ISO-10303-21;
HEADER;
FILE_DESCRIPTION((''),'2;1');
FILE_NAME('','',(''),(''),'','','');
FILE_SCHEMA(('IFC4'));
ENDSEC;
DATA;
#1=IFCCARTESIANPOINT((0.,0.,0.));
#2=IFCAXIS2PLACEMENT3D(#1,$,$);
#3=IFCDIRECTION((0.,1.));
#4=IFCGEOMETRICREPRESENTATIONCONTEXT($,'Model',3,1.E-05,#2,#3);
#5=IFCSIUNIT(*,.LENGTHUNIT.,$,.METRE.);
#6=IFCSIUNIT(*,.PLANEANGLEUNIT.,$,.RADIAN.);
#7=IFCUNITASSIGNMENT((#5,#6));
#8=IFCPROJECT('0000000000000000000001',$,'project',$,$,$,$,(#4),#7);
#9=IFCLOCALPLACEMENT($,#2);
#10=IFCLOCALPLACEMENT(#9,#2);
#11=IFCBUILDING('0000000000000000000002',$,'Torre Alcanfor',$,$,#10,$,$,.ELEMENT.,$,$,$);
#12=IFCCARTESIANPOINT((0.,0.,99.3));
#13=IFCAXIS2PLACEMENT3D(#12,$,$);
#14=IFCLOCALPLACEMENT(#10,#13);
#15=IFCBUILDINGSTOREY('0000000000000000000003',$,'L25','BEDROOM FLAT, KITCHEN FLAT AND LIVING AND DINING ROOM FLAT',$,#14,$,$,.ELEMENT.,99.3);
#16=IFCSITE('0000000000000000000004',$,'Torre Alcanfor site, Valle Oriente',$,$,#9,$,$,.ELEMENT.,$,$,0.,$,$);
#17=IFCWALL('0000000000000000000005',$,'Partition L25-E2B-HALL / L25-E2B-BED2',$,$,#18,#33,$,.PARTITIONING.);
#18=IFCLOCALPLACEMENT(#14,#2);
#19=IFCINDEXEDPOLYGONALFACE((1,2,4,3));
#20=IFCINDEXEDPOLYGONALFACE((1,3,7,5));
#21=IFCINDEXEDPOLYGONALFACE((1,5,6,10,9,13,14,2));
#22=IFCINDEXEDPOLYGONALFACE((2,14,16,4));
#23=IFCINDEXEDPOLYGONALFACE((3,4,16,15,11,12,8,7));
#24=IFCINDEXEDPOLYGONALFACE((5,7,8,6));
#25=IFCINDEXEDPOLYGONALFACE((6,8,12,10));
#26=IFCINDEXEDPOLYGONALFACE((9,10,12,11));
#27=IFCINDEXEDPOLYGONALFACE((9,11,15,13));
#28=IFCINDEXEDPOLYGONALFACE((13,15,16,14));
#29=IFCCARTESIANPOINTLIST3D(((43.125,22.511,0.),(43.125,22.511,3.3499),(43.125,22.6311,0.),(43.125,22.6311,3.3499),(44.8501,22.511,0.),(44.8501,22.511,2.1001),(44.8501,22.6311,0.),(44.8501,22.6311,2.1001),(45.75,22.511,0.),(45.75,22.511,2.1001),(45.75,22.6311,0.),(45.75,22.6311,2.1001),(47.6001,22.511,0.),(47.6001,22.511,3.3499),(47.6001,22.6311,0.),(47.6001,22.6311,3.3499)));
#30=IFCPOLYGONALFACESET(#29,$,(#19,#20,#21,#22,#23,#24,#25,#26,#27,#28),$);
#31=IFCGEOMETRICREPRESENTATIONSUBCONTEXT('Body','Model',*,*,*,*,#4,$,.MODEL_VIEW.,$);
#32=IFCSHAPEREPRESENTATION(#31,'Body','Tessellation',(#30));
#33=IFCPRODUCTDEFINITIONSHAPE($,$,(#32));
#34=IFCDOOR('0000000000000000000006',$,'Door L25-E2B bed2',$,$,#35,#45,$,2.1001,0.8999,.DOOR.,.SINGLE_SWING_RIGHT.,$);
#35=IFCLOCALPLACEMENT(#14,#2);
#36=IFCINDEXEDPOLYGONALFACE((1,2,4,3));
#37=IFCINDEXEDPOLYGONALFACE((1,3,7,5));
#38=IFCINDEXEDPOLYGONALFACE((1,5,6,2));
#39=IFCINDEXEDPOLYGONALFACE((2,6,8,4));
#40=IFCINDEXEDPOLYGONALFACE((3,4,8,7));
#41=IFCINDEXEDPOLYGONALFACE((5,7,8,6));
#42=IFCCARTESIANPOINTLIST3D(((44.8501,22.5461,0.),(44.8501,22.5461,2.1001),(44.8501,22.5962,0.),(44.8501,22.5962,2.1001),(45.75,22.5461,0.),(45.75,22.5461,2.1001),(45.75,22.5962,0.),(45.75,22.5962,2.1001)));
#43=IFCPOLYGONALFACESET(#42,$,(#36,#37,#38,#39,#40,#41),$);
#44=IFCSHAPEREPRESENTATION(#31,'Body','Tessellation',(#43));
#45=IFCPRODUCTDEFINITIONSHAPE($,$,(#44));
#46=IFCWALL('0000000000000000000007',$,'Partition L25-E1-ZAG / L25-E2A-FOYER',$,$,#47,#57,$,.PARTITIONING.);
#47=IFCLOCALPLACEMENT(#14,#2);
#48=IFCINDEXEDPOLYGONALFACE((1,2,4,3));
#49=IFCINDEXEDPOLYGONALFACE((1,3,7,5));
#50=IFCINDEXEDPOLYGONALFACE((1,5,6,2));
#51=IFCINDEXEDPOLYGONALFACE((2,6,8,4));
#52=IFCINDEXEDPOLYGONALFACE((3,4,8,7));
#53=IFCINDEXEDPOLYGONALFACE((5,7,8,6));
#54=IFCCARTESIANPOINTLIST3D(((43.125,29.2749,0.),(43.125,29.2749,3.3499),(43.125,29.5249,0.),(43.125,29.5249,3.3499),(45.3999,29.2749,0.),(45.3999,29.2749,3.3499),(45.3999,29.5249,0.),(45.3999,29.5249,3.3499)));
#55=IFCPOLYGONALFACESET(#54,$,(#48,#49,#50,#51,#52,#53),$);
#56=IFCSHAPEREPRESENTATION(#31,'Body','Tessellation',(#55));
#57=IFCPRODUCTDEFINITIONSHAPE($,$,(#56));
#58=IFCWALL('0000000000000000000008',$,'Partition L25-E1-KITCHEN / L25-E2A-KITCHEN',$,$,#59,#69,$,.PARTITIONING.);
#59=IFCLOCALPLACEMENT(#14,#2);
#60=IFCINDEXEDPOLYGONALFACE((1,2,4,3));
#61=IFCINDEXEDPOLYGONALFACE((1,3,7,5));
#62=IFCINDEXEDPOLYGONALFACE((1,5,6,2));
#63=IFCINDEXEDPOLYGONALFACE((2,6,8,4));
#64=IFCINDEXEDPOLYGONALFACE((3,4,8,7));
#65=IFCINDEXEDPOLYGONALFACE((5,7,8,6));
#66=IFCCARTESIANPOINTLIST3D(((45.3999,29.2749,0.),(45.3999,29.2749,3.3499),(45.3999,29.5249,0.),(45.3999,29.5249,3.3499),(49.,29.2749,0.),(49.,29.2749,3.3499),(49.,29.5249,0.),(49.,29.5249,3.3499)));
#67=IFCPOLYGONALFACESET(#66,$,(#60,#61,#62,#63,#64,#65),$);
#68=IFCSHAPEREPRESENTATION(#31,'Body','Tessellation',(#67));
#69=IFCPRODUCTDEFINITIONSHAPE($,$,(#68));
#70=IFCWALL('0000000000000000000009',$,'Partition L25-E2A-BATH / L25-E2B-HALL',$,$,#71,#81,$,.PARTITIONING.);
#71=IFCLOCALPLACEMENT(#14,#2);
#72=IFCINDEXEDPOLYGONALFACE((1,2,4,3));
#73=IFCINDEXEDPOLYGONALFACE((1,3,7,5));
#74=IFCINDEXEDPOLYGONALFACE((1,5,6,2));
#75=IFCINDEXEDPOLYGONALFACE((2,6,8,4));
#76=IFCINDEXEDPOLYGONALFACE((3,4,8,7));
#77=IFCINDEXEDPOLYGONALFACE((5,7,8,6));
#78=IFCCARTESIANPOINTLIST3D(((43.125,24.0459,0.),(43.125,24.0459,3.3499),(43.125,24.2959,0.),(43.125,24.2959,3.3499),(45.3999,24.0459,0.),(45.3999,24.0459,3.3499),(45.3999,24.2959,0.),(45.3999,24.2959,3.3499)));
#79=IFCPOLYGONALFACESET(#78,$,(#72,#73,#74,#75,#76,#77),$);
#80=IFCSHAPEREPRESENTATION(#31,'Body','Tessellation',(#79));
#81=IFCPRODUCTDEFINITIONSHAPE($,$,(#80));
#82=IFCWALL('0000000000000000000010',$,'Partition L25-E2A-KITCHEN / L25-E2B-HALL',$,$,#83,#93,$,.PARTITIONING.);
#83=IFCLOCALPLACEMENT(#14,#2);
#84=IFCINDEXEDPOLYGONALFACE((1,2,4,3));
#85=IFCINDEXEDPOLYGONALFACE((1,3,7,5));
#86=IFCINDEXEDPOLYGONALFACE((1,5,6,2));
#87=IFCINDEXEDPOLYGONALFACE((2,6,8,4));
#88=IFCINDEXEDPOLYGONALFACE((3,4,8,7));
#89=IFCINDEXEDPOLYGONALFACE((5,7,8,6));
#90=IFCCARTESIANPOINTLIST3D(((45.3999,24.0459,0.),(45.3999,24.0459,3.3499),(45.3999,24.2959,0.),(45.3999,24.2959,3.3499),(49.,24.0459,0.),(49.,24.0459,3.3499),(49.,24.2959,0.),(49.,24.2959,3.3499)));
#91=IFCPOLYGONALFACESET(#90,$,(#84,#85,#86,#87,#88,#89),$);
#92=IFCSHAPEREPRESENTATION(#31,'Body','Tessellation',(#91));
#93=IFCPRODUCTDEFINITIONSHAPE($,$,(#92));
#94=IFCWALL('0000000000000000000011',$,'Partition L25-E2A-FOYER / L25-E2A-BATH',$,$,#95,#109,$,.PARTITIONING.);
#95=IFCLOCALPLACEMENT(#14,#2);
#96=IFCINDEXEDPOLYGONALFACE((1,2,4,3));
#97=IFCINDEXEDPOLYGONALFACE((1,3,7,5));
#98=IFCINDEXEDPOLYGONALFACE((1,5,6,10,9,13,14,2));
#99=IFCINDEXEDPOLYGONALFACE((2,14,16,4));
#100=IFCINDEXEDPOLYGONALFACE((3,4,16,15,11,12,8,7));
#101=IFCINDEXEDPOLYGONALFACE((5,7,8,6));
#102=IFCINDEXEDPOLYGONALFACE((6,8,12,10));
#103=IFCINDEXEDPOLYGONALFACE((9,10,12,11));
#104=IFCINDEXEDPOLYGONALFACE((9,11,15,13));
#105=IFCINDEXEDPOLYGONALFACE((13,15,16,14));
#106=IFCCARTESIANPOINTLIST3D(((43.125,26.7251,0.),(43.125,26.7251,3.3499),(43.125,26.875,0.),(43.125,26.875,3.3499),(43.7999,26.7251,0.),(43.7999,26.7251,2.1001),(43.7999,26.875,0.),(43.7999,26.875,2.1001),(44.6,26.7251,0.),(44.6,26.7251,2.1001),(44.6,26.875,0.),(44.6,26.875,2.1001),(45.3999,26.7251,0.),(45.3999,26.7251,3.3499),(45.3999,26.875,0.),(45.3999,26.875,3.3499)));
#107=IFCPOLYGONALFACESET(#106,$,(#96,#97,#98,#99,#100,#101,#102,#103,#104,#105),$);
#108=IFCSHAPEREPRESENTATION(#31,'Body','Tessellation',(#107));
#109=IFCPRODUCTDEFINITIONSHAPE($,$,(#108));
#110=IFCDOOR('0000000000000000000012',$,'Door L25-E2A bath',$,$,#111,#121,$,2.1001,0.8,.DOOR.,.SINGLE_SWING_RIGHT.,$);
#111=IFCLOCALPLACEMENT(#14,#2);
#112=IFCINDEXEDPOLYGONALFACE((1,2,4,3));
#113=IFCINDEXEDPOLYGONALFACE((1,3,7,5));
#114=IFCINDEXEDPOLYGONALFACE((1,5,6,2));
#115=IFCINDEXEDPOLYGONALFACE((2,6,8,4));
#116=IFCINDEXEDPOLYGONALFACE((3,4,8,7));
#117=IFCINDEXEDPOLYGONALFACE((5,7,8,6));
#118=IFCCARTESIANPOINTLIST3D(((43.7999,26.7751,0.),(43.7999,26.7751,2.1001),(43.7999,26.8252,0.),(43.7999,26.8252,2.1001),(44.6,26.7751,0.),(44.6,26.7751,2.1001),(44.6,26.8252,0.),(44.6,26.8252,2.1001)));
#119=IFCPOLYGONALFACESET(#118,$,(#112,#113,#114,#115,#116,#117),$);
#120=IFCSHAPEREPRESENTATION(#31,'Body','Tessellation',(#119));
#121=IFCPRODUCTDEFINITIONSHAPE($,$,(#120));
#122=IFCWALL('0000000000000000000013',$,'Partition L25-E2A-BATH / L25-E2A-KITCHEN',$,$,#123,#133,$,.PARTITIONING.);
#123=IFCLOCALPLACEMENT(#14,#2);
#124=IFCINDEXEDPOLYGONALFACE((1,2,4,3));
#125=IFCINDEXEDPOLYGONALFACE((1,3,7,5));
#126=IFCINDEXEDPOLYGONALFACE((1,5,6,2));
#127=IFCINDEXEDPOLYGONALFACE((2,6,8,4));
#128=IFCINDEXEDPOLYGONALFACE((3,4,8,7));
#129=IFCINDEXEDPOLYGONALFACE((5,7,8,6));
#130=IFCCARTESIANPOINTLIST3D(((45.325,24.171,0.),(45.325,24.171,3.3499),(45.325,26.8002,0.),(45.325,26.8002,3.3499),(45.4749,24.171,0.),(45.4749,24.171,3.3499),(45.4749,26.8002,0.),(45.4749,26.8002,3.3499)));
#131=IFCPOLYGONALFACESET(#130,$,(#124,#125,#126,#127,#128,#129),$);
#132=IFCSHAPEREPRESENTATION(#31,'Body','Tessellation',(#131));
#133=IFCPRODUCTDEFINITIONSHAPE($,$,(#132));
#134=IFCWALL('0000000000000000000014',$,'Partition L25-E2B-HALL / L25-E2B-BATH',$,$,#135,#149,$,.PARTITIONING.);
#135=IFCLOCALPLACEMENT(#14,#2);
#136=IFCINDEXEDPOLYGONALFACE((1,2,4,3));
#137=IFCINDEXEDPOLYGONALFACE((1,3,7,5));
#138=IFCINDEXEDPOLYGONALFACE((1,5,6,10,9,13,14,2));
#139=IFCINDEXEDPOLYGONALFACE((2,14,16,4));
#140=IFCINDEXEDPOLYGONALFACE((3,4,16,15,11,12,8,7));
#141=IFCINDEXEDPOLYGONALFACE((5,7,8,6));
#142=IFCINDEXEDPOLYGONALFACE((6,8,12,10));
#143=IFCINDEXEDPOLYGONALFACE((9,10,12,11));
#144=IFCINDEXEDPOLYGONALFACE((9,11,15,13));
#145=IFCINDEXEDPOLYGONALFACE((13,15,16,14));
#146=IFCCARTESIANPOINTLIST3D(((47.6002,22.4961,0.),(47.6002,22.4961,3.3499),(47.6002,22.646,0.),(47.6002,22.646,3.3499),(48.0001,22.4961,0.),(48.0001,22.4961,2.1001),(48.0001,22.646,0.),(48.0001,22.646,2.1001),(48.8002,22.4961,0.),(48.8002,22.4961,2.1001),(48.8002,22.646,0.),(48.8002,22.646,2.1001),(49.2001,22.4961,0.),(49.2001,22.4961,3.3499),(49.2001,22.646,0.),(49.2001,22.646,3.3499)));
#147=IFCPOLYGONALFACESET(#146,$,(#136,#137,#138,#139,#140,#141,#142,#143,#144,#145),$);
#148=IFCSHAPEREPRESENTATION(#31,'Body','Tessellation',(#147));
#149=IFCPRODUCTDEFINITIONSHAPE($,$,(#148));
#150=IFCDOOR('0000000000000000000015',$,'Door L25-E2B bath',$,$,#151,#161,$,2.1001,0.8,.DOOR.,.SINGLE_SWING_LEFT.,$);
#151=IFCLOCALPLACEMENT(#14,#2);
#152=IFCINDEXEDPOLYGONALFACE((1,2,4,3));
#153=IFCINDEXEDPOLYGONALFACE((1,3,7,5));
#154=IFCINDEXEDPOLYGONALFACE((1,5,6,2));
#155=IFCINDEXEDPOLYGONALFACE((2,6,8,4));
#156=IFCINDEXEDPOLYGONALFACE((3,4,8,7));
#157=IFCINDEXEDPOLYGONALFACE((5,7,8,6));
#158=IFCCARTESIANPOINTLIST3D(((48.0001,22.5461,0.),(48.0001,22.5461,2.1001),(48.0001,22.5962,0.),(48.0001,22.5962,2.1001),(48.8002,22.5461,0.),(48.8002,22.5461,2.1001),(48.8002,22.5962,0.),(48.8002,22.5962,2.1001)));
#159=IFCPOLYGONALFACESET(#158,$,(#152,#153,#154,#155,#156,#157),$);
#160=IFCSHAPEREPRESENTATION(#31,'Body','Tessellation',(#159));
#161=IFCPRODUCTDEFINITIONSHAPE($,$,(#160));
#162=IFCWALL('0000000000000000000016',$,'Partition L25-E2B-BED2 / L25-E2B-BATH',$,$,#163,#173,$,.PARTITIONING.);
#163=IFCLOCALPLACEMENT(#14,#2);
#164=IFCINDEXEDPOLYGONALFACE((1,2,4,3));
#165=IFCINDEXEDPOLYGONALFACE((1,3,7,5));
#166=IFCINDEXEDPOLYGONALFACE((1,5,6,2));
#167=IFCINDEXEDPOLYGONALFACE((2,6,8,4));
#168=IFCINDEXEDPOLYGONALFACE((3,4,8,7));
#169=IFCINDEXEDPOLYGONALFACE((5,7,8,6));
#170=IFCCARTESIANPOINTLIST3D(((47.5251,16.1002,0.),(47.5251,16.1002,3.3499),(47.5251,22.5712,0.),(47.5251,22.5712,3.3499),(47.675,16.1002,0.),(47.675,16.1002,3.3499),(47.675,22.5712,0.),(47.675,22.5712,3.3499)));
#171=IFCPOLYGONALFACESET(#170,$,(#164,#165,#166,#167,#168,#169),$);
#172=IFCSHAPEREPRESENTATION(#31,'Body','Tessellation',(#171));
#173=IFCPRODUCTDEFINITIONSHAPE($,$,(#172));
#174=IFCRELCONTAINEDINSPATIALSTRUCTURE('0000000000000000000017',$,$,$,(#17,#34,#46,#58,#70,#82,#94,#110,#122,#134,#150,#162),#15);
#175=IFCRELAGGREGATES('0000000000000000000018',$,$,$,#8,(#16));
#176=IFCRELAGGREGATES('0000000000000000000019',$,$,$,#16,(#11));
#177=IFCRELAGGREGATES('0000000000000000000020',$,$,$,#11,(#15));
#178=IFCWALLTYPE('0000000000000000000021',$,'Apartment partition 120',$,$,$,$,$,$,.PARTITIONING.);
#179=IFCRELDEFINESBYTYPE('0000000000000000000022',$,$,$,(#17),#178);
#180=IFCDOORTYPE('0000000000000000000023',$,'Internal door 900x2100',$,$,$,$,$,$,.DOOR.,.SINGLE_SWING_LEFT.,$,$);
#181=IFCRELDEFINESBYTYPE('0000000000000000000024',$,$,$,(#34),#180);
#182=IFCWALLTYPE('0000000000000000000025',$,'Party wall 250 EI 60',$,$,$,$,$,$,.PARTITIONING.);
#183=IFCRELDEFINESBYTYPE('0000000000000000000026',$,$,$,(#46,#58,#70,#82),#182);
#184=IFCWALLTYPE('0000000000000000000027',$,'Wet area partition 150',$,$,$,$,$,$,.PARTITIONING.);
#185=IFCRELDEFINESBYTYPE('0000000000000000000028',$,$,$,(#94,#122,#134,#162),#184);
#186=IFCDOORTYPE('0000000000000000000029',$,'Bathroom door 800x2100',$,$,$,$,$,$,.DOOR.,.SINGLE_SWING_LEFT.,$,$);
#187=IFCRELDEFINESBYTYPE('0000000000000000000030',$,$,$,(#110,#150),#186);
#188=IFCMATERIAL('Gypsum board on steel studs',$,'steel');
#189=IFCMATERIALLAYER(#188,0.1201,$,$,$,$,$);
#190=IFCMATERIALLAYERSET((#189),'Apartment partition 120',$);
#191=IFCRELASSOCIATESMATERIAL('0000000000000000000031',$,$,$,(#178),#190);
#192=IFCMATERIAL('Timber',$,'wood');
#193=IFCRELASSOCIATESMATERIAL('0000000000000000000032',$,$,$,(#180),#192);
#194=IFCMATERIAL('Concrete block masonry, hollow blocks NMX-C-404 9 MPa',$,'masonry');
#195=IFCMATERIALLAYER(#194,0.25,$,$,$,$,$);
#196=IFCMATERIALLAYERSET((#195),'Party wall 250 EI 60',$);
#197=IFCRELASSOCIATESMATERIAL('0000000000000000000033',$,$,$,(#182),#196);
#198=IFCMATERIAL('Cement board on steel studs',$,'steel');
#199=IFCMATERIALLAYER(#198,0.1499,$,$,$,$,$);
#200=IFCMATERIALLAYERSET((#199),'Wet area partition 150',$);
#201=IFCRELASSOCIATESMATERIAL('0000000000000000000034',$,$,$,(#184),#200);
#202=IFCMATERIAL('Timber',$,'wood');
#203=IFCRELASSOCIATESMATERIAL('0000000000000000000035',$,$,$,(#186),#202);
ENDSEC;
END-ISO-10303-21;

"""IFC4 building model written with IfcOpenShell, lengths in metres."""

from ifc_helpers import new_model, si_unit, direction, frame, frame_2d, origin, place, context, subcontext, project, spatial, rectangle, extrude, material, layer, layer_set, type_object, element, fill, save


model = new_model("IFC4")

# Units and contexts
model_context = context("Model", 3, precision=1e-05, world=origin(), true_north=direction((0.0, 1.0)))
body_context = subcontext(model_context, "Body", "Model", "MODEL_VIEW")
ifc_project = project(units=[si_unit("LENGTHUNIT", "METRE"), si_unit("PLANEANGLEUNIT", "RADIAN")], contexts=[model_context])

# Site, building, storey
site_placement = place(None, origin())
site = spatial("IfcSite", under=ifc_project, at=site_placement, Name="Torre Alcanfor site, Valle Oriente", CompositionType="ELEMENT", RefElevation=0.0)
building_placement = place(site_placement, origin())
building = spatial("IfcBuilding", under=site, at=building_placement, Name="Torre Alcanfor", CompositionType="ELEMENT")
storey_placement = place(building_placement, frame((0.0, 0.0, 99.3)))
storey = spatial("IfcBuildingStorey", under=building, at=storey_placement, Name="L25", Description="BEDROOM FLAT, KITCHEN FLAT AND LIVING AND DINING ROOM FLAT", CompositionType="ELEMENT", Elevation=99.3)

# Wall, opening, door
ifc_material_1 = material(Name="Gypsum board on steel studs", Category="steel")
ifc_layer_1 = layer(ifc_material_1, 0.1201)
ifc_layer_set_1 = layer_set([ifc_layer_1], Name="Apartment partition 120")
wall_type_1 = type_object("IfcWallType", Name="Apartment partition 120", PredefinedType="PARTITIONING", material=ifc_layer_set_1)
ifc_material_2 = material(Name="Timber", Category="wood")
door_type_1 = type_object("IfcDoorType", Name="Internal door 900x2100", OperationType="SINGLE_SWING_LEFT", PredefinedType="DOOR", material=ifc_material_2)
wall_1_placement = place(storey_placement, frame((47.6001, 22.571, 0.0), z_axis=(0.0, 0.0, 1.0), x_axis=(-1.0, 0.0, 0.0)))
wall_1 = element("IfcWall", 1, at=wall_1_placement, inside=storey, type_object=wall_type_1, Name="Partition L25-E2B-HALL / L25-E2B-BED2", PredefinedType="PARTITIONING", context=body_context, shape_type="SweptSolid", body=[
    extrude(rectangle(XDim=4.4751, YDim=0.1201, at=frame_2d((2.2375, 0.0))), origin(), (0.0, 0.0, 1.0), 3.3499),
])
opening_1_placement = place(wall_1_placement, frame((1.8501, 0.0, 0.0)))
opening_1 = element("IfcOpeningElement", 2, at=opening_1_placement, cuts=wall_1, PredefinedType="OPENING", context=body_context, shape_type="SweptSolid", body=[
    extrude(rectangle(XDim=0.8999, YDim=2.1001, at=frame_2d((0.45, 1.05))), frame((0.0, 0.0701, 0.0), z_axis=(0.0, -1.0, 0.0), x_axis=(1.0, 0.0, 0.0)), (0.0, 0.0, 1.0), 0.1401),
])
door_1_placement = place(opening_1_placement, origin())
door_1 = element("IfcDoor", 3, at=door_1_placement, inside=storey, type_object=door_type_1, Name="Door L25-E2B bed2", OperationType="SINGLE_SWING_RIGHT", OverallHeight=2.1001, OverallWidth=0.8999, PredefinedType="DOOR", context=body_context, shape_type="SweptSolid", body=[
    extrude(rectangle(XDim=0.8999, YDim=2.1001, at=frame_2d((0.45, 1.05))), frame((0.0, 0.0249, 0.0), z_axis=(0.0, -1.0, 0.0), x_axis=(1.0, 0.0, 0.0)), (0.0, 0.0, 1.0), 0.05),
])
fill(opening_1, door_1)

# Walls
ifc_material_3 = material(Name="Concrete block masonry, hollow blocks NMX-C-404 9 MPa", Category="masonry")
ifc_layer_2 = layer(ifc_material_3, 0.25)
ifc_layer_set_2 = layer_set([ifc_layer_2], Name="Party wall 250 EI 60")
wall_type_2 = type_object("IfcWallType", Name="Party wall 250 EI 60", PredefinedType="PARTITIONING", material=ifc_layer_set_2)
wall_2_placement = place(storey_placement, frame((43.125, 29.3999, 0.0), z_axis=(0.0, 0.0, 1.0), x_axis=(1.0, 0.0, 0.0)))
element("IfcWall", 4, at=wall_2_placement, inside=storey, type_object=wall_type_2, Name="Partition L25-E1-ZAG / L25-E2A-FOYER", PredefinedType="PARTITIONING", context=body_context, shape_type="SweptSolid", body=[
    extrude(rectangle(XDim=2.2749, YDim=0.25, at=frame_2d((1.1375, 0.0))), origin(), (0.0, 0.0, 1.0), 3.3499),
])
wall_3_placement = place(storey_placement, frame((49.0, 29.3999, 0.0), z_axis=(0.0, 0.0, 1.0), x_axis=(-1.0, 0.0, 0.0)))
element("IfcWall", 5, at=wall_3_placement, inside=storey, type_object=wall_type_2, Name="Partition L25-E1-KITCHEN / L25-E2A-KITCHEN", PredefinedType="PARTITIONING", context=body_context, shape_type="SweptSolid", body=[
    extrude(rectangle(XDim=3.6001, YDim=0.25, at=frame_2d((1.8, 0.0))), origin(), (0.0, 0.0, 1.0), 3.3499),
])
wall_4_placement = place(storey_placement, frame((45.3999, 24.1709, 0.0), z_axis=(0.0, 0.0, 1.0), x_axis=(-1.0, 0.0, 0.0)))
element("IfcWall", 6, at=wall_4_placement, inside=storey, type_object=wall_type_2, Name="Partition L25-E2A-BATH / L25-E2B-HALL", PredefinedType="PARTITIONING", context=body_context, shape_type="SweptSolid", body=[
    extrude(rectangle(XDim=2.2749, YDim=0.25, at=frame_2d((1.1375, 0.0))), origin(), (0.0, 0.0, 1.0), 3.3499),
])
wall_5_placement = place(storey_placement, frame((49.0, 24.1709, 0.0), z_axis=(0.0, 0.0, 1.0), x_axis=(-1.0, 0.0, 0.0)))
element("IfcWall", 7, at=wall_5_placement, inside=storey, type_object=wall_type_2, Name="Partition L25-E2A-KITCHEN / L25-E2B-HALL", PredefinedType="PARTITIONING", context=body_context, shape_type="SweptSolid", body=[
    extrude(rectangle(XDim=3.6001, YDim=0.25, at=frame_2d((1.8, 0.0))), origin(), (0.0, 0.0, 1.0), 3.3499),
])

# Wall, opening, door
ifc_material_4 = material(Name="Cement board on steel studs", Category="steel")
ifc_layer_3 = layer(ifc_material_4, 0.1499)
ifc_layer_set_3 = layer_set([ifc_layer_3], Name="Wet area partition 150")
wall_type_3 = type_object("IfcWallType", Name="Wet area partition 150", PredefinedType="PARTITIONING", material=ifc_layer_set_3)
wall_6_placement = place(storey_placement, frame((45.3999, 26.8, 0.0), z_axis=(0.0, 0.0, 1.0), x_axis=(-1.0, 0.0, 0.0)))
wall_6 = element("IfcWall", 8, at=wall_6_placement, inside=storey, type_object=wall_type_3, Name="Partition L25-E2A-FOYER / L25-E2A-BATH", PredefinedType="PARTITIONING", context=body_context, shape_type="SweptSolid", body=[
    extrude(rectangle(XDim=2.2749, YDim=0.1499, at=frame_2d((1.1375, 0.0))), origin(), (0.0, 0.0, 1.0), 3.3499),
])
opening_2_placement = place(wall_6_placement, frame((0.8, 0.0, 0.0)))
opening_2 = element("IfcOpeningElement", 9, at=opening_2_placement, cuts=wall_6, PredefinedType="OPENING", context=body_context, shape_type="SweptSolid", body=[
    extrude(rectangle(XDim=0.8, YDim=2.1001, at=frame_2d((0.3999, 1.05))), frame((0.0, 0.085, 0.0), z_axis=(0.0, -1.0, 0.0), x_axis=(1.0, 0.0, 0.0)), (0.0, 0.0, 1.0), 0.1699),
])
ifc_material_5 = material(Name="Timber", Category="wood")
door_type_2 = type_object("IfcDoorType", Name="Bathroom door 800x2100", OperationType="SINGLE_SWING_LEFT", PredefinedType="DOOR", material=ifc_material_5)
door_2_placement = place(opening_2_placement, origin())
door_2 = element("IfcDoor", 10, at=door_2_placement, inside=storey, type_object=door_type_2, Name="Door L25-E2A bath", OperationType="SINGLE_SWING_RIGHT", OverallHeight=2.1001, OverallWidth=0.8, PredefinedType="DOOR", context=body_context, shape_type="SweptSolid", body=[
    extrude(rectangle(XDim=0.8, YDim=2.1001, at=frame_2d((0.3999, 1.05))), frame((0.0, 0.0249, 0.0), z_axis=(0.0, -1.0, 0.0), x_axis=(1.0, 0.0, 0.0)), (0.0, 0.0, 1.0), 0.05),
])
fill(opening_2, door_2)

# Wall
wall_7_placement = place(storey_placement, frame((45.3999, 26.8, 0.0), z_axis=(0.0, 0.0, 1.0), x_axis=(0.0, -1.0, 0.0)))
element("IfcWall", 11, at=wall_7_placement, inside=storey, type_object=wall_type_3, Name="Partition L25-E2A-BATH / L25-E2A-KITCHEN", PredefinedType="PARTITIONING", context=body_context, shape_type="SweptSolid", body=[
    extrude(rectangle(XDim=2.6292, YDim=0.1499, at=frame_2d((1.3145, 0.0))), origin(), (0.0, 0.0, 1.0), 3.3499),
])

# Wall, opening, door
wall_8_placement = place(storey_placement, frame((49.2, 22.571, 0.0), z_axis=(0.0, 0.0, 1.0), x_axis=(-1.0, 0.0, 0.0)))
wall_8 = element("IfcWall", 12, at=wall_8_placement, inside=storey, type_object=wall_type_3, Name="Partition L25-E2B-HALL / L25-E2B-BATH", PredefinedType="PARTITIONING", context=body_context, shape_type="SweptSolid", body=[
    extrude(rectangle(XDim=1.5999, YDim=0.1499, at=frame_2d((0.7998, 0.0))), origin(), (0.0, 0.0, 1.0), 3.3499),
])
opening_3_placement = place(wall_8_placement, frame((0.3999, 0.0, 0.0)))
opening_3 = element("IfcOpeningElement", 13, at=opening_3_placement, cuts=wall_8, PredefinedType="OPENING", context=body_context, shape_type="SweptSolid", body=[
    extrude(rectangle(XDim=0.8, YDim=2.1001, at=frame_2d((0.3999, 1.05))), frame((0.0, 0.085, 0.0), z_axis=(0.0, -1.0, 0.0), x_axis=(1.0, 0.0, 0.0)), (0.0, 0.0, 1.0), 0.1699),
])
door_3_placement = place(opening_3_placement, origin())
door_3 = element("IfcDoor", 14, at=door_3_placement, inside=storey, type_object=door_type_2, Name="Door L25-E2B bath", OperationType="SINGLE_SWING_LEFT", OverallHeight=2.1001, OverallWidth=0.8, PredefinedType="DOOR", context=body_context, shape_type="SweptSolid", body=[
    extrude(rectangle(XDim=0.8, YDim=2.1001, at=frame_2d((0.3999, 1.05))), frame((0.0, 0.0249, 0.0), z_axis=(0.0, -1.0, 0.0), x_axis=(1.0, 0.0, 0.0)), (0.0, 0.0, 1.0), 0.05),
])
fill(opening_3, door_3)

# Wall
for number, where, z_axis, x_axis, name in (
    (15, (47.6001, 22.571, 0.0), (0.0, 0.0, 1.0), (0.0, -1.0, 0.0), "Partition L25-E2B-BED2 / L25-E2B-BATH"),
):
    element("IfcWall", number, at=place(storey_placement, frame(where, z_axis=z_axis, x_axis=x_axis)), inside=storey, type_object=wall_type_3, Name=name, PredefinedType="PARTITIONING", context=body_context, shape_type="SweptSolid", body=[
        extrude(rectangle(XDim=6.4709, YDim=0.1499, at=frame_2d((3.2354, 0.0))), origin(), (0.0, 0.0, 1.0), 3.3499),
    ])

save(model, "model.ifc")
